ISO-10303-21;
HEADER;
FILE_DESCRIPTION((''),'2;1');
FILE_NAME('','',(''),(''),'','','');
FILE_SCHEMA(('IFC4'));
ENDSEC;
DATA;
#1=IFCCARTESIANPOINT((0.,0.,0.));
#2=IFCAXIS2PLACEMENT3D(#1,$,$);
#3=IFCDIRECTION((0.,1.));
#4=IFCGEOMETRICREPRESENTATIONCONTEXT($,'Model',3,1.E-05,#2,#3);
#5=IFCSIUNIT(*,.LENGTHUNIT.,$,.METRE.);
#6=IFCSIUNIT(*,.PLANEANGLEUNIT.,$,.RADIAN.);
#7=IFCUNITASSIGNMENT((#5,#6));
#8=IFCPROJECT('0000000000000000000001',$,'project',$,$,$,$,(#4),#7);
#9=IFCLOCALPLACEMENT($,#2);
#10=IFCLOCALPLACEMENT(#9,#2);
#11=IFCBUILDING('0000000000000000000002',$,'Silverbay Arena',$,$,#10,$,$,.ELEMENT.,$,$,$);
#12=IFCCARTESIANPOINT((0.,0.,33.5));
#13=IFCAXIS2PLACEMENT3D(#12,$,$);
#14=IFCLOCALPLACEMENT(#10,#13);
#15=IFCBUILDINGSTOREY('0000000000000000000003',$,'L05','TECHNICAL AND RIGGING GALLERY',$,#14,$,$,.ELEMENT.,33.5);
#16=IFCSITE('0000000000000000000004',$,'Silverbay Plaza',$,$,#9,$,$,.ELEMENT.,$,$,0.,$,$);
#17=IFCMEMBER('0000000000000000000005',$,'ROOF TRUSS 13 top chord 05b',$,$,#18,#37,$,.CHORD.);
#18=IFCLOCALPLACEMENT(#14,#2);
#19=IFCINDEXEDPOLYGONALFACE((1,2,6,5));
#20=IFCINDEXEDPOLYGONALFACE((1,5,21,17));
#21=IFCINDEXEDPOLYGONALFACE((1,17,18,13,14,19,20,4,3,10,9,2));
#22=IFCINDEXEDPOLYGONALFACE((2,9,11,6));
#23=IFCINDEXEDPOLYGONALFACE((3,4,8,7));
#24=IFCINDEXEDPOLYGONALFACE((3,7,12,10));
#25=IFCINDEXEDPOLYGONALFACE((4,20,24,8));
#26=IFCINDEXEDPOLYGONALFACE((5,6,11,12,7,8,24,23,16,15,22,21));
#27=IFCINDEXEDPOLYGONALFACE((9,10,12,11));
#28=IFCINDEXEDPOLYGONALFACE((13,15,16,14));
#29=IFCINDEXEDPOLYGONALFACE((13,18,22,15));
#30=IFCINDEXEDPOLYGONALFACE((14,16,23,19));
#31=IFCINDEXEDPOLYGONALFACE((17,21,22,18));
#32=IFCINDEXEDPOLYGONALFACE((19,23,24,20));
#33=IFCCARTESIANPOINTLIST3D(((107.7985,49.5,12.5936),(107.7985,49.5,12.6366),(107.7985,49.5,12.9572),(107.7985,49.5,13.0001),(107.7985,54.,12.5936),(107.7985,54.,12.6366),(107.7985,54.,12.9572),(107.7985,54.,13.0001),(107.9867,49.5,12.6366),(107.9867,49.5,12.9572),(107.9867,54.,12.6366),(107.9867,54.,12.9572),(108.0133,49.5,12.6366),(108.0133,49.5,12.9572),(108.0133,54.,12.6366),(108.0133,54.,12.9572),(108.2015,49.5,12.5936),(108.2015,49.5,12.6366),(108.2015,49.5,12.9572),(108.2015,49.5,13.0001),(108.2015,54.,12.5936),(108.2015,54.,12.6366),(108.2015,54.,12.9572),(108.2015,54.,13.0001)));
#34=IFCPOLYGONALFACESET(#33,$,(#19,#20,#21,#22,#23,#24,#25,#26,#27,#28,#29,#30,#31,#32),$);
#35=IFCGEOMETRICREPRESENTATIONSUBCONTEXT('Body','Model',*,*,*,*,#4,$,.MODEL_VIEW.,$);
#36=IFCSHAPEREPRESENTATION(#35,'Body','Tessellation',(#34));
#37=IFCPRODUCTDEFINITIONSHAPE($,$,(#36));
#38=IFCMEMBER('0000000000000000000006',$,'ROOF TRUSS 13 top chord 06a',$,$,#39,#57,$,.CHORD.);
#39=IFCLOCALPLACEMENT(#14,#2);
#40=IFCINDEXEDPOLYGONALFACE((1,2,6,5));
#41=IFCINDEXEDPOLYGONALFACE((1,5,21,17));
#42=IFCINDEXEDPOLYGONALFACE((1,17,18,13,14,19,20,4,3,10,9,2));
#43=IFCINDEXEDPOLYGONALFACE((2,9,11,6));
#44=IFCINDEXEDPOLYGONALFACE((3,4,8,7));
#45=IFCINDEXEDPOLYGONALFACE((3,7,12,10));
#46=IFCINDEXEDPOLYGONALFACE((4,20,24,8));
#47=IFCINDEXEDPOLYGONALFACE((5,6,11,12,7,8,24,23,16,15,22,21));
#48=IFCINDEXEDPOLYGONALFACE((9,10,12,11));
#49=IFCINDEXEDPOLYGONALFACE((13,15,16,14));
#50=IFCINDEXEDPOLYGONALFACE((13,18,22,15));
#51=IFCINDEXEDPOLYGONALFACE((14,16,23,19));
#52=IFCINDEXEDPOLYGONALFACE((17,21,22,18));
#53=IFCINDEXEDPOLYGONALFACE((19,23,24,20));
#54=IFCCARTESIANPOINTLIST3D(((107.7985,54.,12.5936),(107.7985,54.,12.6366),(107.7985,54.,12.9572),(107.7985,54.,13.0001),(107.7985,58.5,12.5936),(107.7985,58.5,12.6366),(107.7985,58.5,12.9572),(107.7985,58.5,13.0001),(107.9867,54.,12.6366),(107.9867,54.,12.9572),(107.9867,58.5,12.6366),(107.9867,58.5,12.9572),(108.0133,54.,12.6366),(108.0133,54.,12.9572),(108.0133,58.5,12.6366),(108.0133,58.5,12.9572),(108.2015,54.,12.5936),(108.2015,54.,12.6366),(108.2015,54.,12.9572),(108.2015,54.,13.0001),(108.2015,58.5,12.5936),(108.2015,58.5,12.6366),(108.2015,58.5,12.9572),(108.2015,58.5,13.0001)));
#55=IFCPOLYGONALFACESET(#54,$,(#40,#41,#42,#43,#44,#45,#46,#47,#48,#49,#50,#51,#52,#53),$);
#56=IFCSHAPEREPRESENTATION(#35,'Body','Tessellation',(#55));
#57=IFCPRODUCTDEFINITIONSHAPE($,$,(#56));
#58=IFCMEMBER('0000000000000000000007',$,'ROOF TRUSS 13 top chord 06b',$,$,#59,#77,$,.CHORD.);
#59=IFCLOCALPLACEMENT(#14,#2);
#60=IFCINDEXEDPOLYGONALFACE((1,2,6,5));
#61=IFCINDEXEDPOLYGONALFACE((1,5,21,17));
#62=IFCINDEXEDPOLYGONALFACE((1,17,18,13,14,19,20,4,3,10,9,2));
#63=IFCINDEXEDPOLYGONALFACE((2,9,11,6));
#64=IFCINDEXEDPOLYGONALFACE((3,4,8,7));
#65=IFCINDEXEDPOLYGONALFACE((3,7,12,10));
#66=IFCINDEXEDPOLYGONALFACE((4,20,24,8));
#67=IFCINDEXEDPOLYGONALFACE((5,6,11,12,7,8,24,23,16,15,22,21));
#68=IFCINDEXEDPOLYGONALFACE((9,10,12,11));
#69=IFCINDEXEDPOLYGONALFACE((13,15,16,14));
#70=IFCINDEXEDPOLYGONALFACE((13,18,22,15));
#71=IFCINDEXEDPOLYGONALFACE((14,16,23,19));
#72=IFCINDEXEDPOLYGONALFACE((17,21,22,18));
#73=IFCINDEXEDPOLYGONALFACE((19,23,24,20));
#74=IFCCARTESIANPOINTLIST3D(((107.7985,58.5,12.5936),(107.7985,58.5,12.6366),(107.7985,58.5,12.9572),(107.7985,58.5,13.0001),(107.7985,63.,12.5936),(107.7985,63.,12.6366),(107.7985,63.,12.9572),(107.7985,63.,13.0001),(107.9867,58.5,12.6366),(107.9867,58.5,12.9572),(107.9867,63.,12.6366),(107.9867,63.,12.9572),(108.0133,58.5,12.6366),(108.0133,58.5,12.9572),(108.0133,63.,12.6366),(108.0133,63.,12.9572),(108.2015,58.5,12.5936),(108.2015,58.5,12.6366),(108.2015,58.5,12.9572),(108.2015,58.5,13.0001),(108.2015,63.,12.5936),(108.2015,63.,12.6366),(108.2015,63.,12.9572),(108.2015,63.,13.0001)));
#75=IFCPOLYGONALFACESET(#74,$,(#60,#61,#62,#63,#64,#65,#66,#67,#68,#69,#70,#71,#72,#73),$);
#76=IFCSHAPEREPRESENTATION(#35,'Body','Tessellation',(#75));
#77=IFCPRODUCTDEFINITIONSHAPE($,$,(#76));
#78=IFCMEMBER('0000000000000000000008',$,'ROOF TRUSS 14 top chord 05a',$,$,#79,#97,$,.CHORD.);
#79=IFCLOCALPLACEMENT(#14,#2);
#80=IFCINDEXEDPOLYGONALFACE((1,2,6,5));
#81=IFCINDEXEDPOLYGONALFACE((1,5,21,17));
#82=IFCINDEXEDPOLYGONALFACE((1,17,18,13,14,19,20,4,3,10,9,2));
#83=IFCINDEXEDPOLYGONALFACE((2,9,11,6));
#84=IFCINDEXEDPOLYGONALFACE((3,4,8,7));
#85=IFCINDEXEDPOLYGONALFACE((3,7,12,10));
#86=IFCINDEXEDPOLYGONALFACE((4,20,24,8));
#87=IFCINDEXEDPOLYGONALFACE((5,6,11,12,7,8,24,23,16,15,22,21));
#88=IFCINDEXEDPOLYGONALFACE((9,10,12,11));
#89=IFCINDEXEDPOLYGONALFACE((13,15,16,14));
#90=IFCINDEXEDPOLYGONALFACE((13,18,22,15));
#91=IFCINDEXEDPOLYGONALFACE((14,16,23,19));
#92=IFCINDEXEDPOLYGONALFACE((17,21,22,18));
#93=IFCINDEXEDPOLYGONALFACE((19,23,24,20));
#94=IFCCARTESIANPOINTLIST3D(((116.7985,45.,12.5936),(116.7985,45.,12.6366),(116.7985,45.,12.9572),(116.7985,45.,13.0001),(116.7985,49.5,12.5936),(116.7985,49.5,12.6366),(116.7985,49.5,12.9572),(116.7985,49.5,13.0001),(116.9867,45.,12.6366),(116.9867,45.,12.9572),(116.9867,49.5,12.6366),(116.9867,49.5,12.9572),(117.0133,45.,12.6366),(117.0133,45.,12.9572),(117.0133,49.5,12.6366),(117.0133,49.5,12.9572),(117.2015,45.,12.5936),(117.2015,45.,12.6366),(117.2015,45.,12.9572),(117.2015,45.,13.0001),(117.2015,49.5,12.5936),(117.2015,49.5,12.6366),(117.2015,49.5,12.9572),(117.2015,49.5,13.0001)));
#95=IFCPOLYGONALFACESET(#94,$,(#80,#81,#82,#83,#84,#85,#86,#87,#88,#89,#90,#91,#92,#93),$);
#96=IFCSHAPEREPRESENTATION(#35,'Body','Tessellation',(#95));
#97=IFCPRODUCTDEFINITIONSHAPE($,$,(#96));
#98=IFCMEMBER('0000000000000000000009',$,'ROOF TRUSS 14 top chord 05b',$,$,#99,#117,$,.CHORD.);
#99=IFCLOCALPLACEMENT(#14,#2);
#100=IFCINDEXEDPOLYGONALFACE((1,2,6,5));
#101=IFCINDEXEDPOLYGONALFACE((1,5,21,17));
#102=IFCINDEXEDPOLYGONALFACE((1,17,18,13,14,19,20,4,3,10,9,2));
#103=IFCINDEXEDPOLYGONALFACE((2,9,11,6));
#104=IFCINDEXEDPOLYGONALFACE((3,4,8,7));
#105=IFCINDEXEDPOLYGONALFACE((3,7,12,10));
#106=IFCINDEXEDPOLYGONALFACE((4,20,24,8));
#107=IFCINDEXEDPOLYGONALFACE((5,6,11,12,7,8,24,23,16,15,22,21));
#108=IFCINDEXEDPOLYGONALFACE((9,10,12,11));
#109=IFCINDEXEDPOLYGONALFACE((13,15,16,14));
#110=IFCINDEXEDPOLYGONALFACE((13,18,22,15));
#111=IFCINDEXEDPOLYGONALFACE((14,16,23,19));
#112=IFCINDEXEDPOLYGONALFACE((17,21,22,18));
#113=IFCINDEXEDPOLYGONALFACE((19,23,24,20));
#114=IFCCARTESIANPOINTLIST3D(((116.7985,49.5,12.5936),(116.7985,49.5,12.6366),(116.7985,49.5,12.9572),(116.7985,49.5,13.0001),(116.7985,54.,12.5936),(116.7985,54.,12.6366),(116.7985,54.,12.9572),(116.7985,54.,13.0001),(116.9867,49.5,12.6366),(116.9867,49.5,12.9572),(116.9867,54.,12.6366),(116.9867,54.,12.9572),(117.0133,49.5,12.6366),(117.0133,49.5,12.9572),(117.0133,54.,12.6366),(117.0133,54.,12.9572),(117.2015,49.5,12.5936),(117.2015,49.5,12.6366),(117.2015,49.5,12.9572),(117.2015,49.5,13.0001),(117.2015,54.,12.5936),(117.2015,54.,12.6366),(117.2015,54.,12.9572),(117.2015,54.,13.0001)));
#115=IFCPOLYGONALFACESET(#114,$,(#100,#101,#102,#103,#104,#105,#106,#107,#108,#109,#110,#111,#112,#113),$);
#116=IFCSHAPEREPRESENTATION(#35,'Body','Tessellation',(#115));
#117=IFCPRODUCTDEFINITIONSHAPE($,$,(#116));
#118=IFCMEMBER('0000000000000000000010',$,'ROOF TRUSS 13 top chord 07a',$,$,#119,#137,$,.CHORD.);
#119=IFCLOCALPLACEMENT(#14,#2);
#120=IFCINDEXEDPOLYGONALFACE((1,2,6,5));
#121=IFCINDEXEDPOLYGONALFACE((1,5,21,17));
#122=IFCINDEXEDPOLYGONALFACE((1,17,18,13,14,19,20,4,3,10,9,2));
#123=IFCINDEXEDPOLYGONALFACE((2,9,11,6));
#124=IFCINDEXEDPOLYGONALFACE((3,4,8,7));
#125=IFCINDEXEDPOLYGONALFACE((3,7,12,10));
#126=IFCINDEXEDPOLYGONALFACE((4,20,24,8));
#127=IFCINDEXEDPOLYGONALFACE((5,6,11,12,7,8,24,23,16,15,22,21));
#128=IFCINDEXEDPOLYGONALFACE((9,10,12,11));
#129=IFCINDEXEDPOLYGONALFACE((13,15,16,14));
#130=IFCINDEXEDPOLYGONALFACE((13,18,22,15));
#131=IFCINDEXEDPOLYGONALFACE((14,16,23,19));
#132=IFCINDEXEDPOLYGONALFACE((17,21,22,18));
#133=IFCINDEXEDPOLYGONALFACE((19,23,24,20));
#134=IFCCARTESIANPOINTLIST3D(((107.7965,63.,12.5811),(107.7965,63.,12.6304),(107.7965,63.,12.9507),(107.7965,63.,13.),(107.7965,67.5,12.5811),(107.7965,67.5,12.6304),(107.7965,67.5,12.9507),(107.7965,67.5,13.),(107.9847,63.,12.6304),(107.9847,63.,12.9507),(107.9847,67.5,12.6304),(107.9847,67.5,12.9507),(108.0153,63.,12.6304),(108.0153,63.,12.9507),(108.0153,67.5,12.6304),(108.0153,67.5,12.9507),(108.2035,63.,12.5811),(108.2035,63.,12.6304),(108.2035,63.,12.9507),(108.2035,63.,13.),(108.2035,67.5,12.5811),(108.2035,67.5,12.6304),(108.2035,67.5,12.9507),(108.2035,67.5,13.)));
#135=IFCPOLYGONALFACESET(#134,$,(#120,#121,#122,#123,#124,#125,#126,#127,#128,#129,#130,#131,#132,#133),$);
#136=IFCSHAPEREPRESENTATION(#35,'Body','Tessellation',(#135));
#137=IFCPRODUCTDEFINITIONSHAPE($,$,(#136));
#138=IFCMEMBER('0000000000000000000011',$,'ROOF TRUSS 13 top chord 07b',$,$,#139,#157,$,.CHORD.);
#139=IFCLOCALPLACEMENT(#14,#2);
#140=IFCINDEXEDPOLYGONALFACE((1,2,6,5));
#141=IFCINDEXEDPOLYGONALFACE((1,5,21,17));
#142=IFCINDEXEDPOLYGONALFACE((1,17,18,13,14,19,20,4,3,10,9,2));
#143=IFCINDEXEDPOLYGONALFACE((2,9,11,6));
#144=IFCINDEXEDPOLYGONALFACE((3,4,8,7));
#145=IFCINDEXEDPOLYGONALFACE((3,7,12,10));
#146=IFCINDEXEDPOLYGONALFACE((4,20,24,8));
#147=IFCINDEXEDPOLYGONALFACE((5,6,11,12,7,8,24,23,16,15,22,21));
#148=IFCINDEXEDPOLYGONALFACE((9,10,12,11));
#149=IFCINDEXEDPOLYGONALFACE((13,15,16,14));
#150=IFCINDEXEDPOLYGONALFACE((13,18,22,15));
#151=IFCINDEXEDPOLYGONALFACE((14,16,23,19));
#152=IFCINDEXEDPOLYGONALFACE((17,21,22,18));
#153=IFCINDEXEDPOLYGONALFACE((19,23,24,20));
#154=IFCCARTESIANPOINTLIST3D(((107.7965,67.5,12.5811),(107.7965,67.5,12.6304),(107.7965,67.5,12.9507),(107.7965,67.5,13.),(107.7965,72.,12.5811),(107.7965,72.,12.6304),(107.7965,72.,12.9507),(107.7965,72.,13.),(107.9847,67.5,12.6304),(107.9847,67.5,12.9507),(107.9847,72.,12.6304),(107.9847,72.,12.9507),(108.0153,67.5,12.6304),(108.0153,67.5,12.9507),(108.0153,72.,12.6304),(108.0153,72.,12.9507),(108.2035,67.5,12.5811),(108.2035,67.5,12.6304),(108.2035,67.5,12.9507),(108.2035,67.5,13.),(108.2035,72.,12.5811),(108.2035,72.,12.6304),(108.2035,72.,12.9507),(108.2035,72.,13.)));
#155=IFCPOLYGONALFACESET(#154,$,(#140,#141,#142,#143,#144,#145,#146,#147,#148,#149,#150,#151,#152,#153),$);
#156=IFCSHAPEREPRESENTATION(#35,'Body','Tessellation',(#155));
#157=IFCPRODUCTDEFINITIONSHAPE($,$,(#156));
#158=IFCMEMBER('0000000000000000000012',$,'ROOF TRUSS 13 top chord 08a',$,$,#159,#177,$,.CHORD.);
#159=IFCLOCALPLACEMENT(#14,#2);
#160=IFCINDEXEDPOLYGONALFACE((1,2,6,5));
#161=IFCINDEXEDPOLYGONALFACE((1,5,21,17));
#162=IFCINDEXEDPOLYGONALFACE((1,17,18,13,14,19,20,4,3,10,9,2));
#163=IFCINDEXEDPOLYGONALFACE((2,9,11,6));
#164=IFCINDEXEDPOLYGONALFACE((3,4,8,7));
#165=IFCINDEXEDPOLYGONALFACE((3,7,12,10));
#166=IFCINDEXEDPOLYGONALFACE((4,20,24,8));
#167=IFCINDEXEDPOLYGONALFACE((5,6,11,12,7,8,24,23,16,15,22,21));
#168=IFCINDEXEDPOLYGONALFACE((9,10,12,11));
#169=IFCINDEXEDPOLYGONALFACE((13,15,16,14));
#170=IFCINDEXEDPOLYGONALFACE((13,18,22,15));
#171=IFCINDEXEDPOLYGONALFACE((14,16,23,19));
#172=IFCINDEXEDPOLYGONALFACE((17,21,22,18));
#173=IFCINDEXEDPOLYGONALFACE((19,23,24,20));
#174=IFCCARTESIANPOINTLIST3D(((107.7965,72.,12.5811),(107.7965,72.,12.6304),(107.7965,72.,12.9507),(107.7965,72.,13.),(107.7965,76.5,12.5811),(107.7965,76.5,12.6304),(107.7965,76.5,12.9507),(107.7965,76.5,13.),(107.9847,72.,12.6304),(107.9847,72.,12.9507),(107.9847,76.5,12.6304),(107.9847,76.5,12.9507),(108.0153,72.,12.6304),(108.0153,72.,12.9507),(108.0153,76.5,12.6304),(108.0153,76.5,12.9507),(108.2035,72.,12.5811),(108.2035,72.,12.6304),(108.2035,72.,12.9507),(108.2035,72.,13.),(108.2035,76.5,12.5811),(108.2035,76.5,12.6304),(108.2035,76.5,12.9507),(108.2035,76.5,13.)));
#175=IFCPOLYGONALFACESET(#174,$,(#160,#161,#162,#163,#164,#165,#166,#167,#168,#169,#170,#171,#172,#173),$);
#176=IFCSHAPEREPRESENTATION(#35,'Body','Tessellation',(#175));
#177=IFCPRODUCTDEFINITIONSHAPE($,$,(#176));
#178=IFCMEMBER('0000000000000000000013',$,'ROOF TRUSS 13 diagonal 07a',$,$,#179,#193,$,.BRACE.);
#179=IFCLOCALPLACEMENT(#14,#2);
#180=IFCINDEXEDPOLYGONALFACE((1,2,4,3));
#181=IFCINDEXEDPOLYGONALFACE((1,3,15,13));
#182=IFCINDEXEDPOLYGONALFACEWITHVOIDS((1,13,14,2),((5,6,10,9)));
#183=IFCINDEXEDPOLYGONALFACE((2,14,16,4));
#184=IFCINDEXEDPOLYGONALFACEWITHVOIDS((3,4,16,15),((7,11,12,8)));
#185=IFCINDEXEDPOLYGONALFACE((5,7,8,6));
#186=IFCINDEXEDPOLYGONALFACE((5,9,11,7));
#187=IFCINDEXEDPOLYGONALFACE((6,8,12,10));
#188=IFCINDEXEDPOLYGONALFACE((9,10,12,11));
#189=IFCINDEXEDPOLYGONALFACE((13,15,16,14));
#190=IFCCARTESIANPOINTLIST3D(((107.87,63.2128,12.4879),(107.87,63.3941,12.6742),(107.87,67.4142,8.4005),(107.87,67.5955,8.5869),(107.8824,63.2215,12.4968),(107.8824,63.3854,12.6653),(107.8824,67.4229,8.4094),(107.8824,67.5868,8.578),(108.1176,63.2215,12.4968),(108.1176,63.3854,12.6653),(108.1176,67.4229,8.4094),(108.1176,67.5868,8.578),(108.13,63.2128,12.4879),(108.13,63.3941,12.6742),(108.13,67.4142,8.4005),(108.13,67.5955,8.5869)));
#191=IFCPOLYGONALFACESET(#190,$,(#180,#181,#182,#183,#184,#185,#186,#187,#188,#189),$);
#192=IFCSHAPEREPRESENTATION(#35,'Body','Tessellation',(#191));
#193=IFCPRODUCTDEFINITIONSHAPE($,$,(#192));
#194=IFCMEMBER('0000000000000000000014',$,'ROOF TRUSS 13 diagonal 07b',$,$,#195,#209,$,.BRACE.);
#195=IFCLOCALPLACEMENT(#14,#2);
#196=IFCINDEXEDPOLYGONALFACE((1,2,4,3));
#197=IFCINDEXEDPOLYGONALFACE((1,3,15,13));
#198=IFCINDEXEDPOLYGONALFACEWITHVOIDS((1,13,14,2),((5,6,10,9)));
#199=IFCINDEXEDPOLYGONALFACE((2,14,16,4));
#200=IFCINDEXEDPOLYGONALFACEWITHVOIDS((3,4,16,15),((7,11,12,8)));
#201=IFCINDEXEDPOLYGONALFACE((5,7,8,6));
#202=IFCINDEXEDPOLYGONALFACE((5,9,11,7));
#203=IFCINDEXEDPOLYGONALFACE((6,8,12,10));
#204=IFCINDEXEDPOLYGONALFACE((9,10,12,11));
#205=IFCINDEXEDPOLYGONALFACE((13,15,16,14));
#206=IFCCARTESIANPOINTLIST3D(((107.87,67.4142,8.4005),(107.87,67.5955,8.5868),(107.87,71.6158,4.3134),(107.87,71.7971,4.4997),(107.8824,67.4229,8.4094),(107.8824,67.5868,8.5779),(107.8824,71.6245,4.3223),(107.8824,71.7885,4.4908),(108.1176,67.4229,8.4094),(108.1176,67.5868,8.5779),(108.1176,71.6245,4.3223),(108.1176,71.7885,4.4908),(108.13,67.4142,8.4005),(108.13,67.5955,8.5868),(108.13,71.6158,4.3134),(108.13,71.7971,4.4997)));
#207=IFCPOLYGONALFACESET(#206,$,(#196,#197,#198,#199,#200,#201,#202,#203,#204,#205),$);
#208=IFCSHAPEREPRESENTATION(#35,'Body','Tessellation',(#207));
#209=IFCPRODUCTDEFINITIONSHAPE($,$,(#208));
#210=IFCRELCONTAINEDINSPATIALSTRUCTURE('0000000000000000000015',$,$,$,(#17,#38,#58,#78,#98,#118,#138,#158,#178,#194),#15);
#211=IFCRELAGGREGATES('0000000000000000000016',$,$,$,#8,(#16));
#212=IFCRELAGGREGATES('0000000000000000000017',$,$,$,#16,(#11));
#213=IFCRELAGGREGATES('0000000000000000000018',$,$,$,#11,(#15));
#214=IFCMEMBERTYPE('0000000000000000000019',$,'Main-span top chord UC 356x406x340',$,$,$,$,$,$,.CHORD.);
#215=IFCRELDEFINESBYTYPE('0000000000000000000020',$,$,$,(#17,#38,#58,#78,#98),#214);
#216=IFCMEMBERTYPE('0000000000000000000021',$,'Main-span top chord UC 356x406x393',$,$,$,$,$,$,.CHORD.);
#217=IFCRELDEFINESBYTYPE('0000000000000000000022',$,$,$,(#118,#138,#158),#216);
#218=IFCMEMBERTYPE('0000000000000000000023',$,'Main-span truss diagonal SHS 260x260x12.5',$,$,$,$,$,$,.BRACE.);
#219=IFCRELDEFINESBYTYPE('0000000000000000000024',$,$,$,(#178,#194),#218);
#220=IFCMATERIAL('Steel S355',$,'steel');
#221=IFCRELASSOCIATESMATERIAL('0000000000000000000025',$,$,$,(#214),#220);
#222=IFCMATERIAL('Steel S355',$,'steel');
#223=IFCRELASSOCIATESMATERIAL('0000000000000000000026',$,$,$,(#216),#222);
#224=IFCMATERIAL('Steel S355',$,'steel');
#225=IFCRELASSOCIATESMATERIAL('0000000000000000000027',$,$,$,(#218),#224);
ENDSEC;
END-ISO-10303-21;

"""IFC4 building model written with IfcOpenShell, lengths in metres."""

from ifc_helpers import new_model, si_unit, direction, frame, origin, origin_2d, place, context, subcontext, project, spatial, hollow_rectangle, i_section, extrude, material, material_profile, profile_set, type_object, element, save


model = new_model("IFC4")

# Units and contexts
model_context = context("Model", 3, precision=1e-05, world=origin(), true_north=direction((0.0, 1.0)))
body_context = subcontext(model_context, "Body", "Model", "MODEL_VIEW")
ifc_project = project(units=[si_unit("LENGTHUNIT", "METRE"), si_unit("PLANEANGLEUNIT", "RADIAN")], contexts=[model_context])

# Site, building, storey
site_placement = place(None, origin())
site = spatial("IfcSite", under=ifc_project, at=site_placement, Name="Silverbay Plaza", CompositionType="ELEMENT", RefElevation=0.0)
building_placement = place(site_placement, origin())
building = spatial("IfcBuilding", under=site, at=building_placement, Name="Silverbay Arena", CompositionType="ELEMENT")
storey_placement = place(building_placement, frame((0.0, 0.0, 33.5)))
storey = spatial("IfcBuildingStorey", under=building, at=storey_placement, Name="L05", Description="TECHNICAL AND RIGGING GALLERY", CompositionType="ELEMENT", Elevation=33.5)

# Members
ifc_material_1 = material(Name="Steel S355", Category="steel")
ifc_material_profile_1 = material_profile(ifc_material_1, i_section(OverallWidth=0.4031, OverallDepth=0.4065, WebThickness=0.0266, FlangeThickness=0.043, at=origin_2d()), Name="UC 356x406x340")
ifc_profile_set_1 = profile_set([ifc_material_profile_1], Name="Steel S355")
member_type_1 = type_object("IfcMemberType", Name="Main-span top chord UC 356x406x340", PredefinedType="CHORD", material=ifc_profile_set_1)
for number, where, z_axis, x_axis, name in (
    (1, (108.0, 49.5, 12.7969), (0.0, 1.0, 0.0), (-1.0, 0.0, 0.0), "ROOF TRUSS 13 top chord 05b"),
    (2, (108.0, 54.0, 12.7969), (0.0, 1.0, 0.0), (-1.0, 0.0, 0.0), "ROOF TRUSS 13 top chord 06a"),
    (3, (108.0, 58.5, 12.7969), (0.0, 1.0, 0.0), (-1.0, 0.0, 0.0), "ROOF TRUSS 13 top chord 06b"),
    (4, (117.0, 45.0, 12.7969), (0.0, 1.0, 0.0), (-1.0, 0.0, 0.0), "ROOF TRUSS 14 top chord 05a"),
    (5, (117.0, 49.5, 12.7969), (0.0, 1.0, 0.0), (-1.0, 0.0, 0.0), "ROOF TRUSS 14 top chord 05b"),
):
    element("IfcMember", number, at=place(storey_placement, frame(where, z_axis=z_axis, x_axis=x_axis)), inside=storey, type_object=member_type_1, Name=name, PredefinedType="CHORD", context=body_context, shape_type="SweptSolid", body=[
        extrude(i_section(OverallWidth=0.4031, OverallDepth=0.4065, WebThickness=0.0266, FlangeThickness=0.043, at=origin_2d()), origin(), (0.0, 0.0, 1.0), 4.5),
    ])
ifc_material_2 = material(Name="Steel S355", Category="steel")
ifc_material_profile_2 = material_profile(ifc_material_2, i_section(OverallWidth=0.407, OverallDepth=0.4189, WebThickness=0.0305, FlangeThickness=0.0493, at=origin_2d()), Name="UC 356x406x393")
ifc_profile_set_2 = profile_set([ifc_material_profile_2], Name="Steel S355")
member_type_2 = type_object("IfcMemberType", Name="Main-span top chord UC 356x406x393", PredefinedType="CHORD", material=ifc_profile_set_2)
for number, where, z_axis, x_axis, name in (
    (6, (108.0, 63.0, 12.7905), (0.0, 1.0, 0.0), (-1.0, 0.0, 0.0), "ROOF TRUSS 13 top chord 07a"),
    (7, (108.0, 67.5, 12.7905), (0.0, 1.0, 0.0), (-1.0, 0.0, 0.0), "ROOF TRUSS 13 top chord 07b"),
    (8, (108.0, 72.0, 12.7905), (0.0, 1.0, 0.0), (-1.0, 0.0, 0.0), "ROOF TRUSS 13 top chord 08a"),
):
    element("IfcMember", number, at=place(storey_placement, frame(where, z_axis=z_axis, x_axis=x_axis)), inside=storey, type_object=member_type_2, Name=name, PredefinedType="CHORD", context=body_context, shape_type="SweptSolid", body=[
        extrude(i_section(OverallWidth=0.407, OverallDepth=0.4189, WebThickness=0.0305, FlangeThickness=0.0493, at=origin_2d()), origin(), (0.0, 0.0, 1.0), 4.5),
    ])
ifc_material_3 = material(Name="Steel S355", Category="steel")
ifc_material_profile_3 = material_profile(ifc_material_3, hollow_rectangle(XDim=0.26, YDim=0.26, WallThickness=0.0125, at=origin_2d()), Name="SHS 260x260x12.5")
ifc_profile_set_3 = profile_set([ifc_material_profile_3], Name="Steel S355")
member_type_3 = type_object("IfcMemberType", Name="Main-span truss diagonal SHS 260x260x12.5", PredefinedType="BRACE", material=ifc_profile_set_3)
for number, where, z_axis, x_axis, name in (
    (9, (108.0, 63.3035, 12.5811), (0.0, 0.716765, -0.697314), (-1.0, 0.0, 0.0), "ROOF TRUSS 13 diagonal 07a"),
    (10, (108.0, 67.5049, 8.4937), (0.0, 0.716806, -0.697272), (-1.0, 0.0, 0.0), "ROOF TRUSS 13 diagonal 07b"),
):
    element("IfcMember", number, at=place(storey_placement, frame(where, z_axis=z_axis, x_axis=x_axis)), inside=storey, type_object=member_type_3, Name=name, PredefinedType="BRACE", context=body_context, shape_type="SweptSolid", body=[
        extrude(hollow_rectangle(XDim=0.26, YDim=0.26, WallThickness=0.0125, at=origin_2d()), origin(), (0.0, 0.0, 1.0), 5.8616),
    ])

save(model, "model.ifc")
